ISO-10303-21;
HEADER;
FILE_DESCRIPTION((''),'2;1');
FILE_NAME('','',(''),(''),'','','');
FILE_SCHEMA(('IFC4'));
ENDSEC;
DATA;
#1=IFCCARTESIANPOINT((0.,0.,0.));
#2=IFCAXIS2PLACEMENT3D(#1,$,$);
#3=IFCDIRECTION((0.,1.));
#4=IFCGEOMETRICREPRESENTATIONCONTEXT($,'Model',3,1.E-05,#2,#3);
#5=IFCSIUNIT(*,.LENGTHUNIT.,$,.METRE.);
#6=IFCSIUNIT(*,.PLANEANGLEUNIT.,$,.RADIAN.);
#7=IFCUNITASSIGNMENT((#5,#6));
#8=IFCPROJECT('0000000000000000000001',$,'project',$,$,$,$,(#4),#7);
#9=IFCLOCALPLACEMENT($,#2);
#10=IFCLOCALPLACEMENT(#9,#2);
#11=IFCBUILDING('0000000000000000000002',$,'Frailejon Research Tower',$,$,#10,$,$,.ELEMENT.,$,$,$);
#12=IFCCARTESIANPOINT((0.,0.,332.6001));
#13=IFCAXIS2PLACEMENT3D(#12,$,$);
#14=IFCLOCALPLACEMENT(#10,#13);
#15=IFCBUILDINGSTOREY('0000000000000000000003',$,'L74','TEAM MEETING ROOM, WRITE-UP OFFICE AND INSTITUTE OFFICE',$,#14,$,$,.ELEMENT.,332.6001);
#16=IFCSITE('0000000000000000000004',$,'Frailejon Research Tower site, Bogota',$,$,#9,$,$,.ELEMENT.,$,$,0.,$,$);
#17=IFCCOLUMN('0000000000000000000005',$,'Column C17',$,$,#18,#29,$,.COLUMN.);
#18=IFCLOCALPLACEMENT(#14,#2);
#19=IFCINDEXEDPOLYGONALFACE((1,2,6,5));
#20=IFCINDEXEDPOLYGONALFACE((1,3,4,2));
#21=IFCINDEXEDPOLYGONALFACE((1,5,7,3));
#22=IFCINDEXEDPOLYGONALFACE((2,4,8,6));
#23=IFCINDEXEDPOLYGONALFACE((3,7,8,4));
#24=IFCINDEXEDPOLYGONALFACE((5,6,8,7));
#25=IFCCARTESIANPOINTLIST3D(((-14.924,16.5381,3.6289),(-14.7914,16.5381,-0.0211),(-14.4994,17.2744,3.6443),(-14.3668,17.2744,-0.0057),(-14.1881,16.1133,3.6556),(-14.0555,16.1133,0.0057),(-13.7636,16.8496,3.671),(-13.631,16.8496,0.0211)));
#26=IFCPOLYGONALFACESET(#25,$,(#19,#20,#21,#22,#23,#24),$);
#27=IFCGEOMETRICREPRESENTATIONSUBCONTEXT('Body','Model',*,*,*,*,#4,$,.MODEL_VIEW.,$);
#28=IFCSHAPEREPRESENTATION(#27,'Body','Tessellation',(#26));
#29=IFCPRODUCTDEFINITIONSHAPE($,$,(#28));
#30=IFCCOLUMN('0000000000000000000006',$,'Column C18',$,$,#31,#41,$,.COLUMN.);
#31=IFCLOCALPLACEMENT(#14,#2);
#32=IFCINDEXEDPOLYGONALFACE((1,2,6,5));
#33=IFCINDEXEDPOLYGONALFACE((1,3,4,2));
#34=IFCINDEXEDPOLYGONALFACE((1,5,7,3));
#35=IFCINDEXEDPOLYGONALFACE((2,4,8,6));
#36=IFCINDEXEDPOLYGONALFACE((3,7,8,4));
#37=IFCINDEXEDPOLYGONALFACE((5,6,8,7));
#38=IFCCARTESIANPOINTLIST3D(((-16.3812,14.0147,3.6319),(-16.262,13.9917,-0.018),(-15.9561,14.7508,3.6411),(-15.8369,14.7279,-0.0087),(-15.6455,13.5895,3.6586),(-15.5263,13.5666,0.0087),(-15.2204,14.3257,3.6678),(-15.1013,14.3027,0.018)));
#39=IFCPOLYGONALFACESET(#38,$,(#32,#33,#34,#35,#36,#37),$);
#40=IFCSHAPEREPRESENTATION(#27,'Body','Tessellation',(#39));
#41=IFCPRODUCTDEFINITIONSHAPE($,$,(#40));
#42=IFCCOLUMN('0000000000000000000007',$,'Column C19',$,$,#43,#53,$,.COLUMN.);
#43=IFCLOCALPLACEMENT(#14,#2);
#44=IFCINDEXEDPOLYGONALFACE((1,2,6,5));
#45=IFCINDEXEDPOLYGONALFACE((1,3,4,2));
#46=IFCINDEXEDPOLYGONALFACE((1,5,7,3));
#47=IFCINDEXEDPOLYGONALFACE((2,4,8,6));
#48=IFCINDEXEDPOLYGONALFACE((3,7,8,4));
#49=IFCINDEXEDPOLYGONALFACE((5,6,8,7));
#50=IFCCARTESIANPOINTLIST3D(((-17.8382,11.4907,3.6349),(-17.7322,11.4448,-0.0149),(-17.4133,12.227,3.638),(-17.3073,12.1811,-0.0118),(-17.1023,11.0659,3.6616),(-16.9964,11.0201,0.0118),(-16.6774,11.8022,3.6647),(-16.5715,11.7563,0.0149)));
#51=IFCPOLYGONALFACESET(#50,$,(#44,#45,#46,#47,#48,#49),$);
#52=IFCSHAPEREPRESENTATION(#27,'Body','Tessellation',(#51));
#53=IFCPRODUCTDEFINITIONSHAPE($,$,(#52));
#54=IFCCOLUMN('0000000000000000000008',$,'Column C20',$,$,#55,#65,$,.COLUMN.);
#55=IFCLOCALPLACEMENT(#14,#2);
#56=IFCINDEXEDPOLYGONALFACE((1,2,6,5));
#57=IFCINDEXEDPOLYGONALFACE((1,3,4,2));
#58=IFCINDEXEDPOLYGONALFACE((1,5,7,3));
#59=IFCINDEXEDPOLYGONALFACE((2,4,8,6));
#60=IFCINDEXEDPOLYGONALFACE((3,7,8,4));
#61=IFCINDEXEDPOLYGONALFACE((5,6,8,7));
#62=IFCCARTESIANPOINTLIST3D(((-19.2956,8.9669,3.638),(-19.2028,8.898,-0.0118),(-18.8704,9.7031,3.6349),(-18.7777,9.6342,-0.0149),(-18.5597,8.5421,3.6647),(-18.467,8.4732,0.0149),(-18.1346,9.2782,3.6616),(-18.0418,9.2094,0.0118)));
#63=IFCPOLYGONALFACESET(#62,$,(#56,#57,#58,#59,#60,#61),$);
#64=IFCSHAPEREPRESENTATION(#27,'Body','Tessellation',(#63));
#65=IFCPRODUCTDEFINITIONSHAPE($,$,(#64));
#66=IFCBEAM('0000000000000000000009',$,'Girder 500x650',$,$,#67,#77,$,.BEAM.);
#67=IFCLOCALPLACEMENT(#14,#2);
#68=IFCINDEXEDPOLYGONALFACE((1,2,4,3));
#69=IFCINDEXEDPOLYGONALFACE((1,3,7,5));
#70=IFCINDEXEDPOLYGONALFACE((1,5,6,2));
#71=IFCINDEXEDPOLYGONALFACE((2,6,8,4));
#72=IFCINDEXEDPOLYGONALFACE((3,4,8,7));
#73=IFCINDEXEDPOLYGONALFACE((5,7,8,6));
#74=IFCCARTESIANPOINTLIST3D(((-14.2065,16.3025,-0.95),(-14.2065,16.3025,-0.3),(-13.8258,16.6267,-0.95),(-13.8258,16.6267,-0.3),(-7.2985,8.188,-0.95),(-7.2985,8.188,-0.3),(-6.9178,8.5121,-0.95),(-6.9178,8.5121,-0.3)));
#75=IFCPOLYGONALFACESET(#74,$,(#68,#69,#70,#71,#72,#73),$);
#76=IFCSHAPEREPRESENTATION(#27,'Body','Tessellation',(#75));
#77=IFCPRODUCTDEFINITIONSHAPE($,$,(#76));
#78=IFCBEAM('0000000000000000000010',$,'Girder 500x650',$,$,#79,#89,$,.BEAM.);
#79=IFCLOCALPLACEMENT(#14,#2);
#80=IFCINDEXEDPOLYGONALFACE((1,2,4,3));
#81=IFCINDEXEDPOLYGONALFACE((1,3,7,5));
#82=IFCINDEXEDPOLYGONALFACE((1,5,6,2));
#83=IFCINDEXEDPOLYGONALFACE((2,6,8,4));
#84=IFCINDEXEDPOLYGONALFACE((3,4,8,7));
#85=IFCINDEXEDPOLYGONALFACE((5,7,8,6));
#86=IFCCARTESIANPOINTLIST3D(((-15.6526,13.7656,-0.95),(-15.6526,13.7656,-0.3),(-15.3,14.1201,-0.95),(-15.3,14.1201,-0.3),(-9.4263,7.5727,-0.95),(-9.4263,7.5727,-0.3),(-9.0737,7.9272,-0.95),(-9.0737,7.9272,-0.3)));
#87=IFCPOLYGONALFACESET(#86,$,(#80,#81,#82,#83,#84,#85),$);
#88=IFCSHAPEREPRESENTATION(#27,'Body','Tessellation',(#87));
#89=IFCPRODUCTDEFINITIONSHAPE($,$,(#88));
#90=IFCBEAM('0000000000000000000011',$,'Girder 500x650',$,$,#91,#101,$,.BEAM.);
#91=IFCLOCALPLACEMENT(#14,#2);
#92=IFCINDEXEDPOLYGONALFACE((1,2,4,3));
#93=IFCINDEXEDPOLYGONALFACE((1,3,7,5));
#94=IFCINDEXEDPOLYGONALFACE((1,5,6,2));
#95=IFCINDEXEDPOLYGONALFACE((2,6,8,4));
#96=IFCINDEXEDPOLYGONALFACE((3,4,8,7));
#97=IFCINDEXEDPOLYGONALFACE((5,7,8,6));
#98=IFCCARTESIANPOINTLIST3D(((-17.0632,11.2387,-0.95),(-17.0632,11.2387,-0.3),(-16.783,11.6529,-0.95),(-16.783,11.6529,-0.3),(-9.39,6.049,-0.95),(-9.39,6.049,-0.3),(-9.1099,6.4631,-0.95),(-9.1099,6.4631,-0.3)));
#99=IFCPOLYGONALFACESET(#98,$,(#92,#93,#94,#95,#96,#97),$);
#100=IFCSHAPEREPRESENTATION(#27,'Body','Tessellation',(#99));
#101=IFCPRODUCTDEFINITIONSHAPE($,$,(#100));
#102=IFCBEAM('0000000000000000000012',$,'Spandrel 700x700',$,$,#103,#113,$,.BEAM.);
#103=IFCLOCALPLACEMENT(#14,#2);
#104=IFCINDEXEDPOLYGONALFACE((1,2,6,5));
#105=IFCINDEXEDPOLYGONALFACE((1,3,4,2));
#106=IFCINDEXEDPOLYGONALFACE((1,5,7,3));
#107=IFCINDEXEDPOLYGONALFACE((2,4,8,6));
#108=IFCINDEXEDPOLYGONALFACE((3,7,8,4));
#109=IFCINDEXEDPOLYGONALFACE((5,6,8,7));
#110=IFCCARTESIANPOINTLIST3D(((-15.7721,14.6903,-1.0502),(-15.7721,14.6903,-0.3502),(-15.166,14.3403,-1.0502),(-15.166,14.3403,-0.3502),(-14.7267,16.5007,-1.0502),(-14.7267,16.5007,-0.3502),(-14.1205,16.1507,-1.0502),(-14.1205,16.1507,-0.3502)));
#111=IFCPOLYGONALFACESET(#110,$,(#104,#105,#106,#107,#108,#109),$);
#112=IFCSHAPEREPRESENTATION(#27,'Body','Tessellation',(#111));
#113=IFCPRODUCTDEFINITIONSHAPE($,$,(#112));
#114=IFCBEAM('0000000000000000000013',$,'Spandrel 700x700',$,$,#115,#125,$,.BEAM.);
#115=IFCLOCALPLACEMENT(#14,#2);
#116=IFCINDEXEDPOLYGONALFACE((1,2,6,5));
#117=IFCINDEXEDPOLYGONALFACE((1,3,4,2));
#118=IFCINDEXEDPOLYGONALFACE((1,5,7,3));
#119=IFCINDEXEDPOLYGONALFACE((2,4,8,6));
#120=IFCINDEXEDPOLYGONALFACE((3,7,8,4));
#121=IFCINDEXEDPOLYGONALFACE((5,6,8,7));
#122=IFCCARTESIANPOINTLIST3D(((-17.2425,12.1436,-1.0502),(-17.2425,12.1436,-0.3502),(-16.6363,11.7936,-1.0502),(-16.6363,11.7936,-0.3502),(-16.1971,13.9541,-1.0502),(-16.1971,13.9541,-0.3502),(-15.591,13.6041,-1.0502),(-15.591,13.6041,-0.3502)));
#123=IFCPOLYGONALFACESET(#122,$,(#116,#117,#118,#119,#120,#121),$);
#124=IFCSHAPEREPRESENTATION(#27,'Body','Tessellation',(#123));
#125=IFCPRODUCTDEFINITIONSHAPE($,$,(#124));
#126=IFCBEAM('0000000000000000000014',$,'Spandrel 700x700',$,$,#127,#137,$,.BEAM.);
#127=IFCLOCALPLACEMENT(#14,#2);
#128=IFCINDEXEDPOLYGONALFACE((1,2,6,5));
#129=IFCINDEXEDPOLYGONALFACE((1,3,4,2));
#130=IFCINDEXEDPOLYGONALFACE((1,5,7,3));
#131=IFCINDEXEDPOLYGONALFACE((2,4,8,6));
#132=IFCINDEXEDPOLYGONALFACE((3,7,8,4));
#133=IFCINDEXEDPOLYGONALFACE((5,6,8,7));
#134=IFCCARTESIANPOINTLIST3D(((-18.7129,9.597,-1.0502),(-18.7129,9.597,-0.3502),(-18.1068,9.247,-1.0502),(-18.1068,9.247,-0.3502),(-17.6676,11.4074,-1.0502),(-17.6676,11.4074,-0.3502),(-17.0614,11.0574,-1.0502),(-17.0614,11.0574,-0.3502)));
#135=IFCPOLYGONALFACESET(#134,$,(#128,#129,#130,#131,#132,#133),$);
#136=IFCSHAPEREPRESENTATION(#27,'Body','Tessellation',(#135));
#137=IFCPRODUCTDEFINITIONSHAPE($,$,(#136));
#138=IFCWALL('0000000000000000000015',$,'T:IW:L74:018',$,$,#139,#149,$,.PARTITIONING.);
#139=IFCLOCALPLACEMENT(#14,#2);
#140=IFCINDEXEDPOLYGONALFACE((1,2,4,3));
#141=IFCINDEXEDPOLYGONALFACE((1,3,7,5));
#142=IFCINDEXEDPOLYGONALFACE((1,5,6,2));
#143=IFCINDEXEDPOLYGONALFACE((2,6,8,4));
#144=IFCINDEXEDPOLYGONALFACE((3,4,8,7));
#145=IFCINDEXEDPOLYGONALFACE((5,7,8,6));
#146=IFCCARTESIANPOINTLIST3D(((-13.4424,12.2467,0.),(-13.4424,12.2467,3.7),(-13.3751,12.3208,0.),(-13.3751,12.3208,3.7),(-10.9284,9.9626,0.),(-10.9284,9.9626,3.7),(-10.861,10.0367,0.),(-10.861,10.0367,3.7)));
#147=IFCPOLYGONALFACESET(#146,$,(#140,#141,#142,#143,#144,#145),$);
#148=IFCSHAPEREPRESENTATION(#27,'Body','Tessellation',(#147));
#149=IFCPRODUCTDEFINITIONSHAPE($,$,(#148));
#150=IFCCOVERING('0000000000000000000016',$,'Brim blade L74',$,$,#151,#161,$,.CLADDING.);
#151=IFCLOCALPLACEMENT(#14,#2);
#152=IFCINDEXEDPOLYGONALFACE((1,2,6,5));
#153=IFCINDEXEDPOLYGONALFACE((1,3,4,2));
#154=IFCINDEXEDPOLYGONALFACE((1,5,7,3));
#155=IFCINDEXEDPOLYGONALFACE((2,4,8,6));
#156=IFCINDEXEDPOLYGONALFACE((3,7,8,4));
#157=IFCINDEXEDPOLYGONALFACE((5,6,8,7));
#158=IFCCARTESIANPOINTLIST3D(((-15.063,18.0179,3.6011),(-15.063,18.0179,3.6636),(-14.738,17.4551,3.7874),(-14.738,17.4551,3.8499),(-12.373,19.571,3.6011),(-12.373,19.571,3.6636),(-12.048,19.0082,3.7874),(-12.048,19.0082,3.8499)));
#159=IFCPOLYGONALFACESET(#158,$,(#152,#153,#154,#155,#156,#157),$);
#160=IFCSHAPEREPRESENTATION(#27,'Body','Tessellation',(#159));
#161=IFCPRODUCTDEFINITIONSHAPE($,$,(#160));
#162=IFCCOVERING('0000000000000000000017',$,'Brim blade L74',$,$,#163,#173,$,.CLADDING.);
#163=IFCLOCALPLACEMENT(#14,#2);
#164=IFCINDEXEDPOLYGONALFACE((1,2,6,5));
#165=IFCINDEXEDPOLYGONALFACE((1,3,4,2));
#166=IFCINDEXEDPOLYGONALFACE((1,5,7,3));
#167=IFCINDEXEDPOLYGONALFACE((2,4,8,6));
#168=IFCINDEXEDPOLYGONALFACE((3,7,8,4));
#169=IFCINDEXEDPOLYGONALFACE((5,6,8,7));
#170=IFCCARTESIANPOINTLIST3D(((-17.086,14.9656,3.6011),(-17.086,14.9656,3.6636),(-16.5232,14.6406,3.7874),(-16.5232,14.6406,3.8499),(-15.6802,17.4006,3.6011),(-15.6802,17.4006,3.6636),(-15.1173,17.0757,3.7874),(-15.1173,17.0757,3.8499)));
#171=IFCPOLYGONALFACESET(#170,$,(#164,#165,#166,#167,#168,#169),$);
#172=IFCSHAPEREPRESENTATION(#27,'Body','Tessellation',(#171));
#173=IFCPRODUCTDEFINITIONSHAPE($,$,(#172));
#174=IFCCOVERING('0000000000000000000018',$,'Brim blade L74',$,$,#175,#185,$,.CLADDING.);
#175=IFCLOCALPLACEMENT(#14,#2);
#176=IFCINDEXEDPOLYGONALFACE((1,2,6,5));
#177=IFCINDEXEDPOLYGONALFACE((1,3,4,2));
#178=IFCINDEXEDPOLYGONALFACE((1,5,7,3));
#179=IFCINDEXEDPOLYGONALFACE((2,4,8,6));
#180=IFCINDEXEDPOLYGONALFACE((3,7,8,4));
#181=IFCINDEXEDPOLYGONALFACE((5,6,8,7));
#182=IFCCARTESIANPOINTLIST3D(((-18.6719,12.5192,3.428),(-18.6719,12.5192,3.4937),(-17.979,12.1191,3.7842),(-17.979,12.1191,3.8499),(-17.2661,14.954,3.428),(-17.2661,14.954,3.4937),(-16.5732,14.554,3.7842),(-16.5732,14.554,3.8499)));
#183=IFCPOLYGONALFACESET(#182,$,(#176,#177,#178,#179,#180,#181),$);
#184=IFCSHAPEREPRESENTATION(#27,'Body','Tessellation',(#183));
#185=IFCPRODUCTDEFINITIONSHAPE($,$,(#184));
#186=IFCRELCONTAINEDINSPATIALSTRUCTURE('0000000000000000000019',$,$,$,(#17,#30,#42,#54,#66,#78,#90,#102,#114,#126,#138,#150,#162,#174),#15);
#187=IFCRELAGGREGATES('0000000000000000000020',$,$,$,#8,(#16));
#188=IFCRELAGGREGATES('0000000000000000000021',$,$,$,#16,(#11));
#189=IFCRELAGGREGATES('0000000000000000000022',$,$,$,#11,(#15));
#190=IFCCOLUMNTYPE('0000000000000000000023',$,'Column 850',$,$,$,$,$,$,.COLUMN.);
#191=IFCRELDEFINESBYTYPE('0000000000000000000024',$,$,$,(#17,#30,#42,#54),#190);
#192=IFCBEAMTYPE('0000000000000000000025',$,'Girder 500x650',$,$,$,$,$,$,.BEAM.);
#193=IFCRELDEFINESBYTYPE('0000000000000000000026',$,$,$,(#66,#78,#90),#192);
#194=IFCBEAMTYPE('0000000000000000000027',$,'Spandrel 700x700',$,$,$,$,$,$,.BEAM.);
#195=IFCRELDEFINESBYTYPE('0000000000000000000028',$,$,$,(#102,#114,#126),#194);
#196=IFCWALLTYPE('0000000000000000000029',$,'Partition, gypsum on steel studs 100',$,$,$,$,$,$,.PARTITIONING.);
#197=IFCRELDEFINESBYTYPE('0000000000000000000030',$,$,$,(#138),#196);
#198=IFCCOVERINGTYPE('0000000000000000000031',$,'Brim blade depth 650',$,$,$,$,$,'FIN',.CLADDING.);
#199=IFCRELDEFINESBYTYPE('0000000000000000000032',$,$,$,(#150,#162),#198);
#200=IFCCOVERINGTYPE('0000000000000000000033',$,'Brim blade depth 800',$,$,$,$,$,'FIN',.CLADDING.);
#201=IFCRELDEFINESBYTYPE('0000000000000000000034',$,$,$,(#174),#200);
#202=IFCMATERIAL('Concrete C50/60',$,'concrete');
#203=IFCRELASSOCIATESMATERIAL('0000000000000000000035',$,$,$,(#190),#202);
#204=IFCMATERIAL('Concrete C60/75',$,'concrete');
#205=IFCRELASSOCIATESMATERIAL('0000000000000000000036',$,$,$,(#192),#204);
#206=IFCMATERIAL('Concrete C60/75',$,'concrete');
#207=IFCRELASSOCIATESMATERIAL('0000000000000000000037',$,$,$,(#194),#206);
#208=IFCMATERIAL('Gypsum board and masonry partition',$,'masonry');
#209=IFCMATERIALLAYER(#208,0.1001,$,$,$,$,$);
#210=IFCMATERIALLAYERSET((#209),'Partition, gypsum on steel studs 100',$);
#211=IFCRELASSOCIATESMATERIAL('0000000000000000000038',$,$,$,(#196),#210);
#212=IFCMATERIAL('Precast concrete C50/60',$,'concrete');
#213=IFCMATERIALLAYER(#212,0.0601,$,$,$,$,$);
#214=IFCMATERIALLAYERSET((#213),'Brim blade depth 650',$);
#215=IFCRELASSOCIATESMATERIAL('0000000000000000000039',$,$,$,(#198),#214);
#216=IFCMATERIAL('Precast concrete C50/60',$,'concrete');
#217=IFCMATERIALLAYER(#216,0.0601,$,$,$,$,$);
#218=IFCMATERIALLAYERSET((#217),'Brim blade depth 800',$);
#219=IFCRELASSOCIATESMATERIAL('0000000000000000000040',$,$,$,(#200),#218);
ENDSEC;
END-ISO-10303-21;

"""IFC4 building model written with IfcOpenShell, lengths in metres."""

from ifc_helpers import new_model, si_unit, direction, frame, frame_2d, origin, origin_2d, place, context, subcontext, project, spatial, polyline, rectangle, outline, extrude, material, layer, layer_set, material_profile, profile_set, type_object, element, save


model = new_model("IFC4")

# Units and contexts
model_context = context("Model", 3, precision=1e-05, world=origin(), true_north=direction((0.0, 1.0)))
body_context = subcontext(model_context, "Body", "Model", "MODEL_VIEW")
ifc_project = project(units=[si_unit("LENGTHUNIT", "METRE"), si_unit("PLANEANGLEUNIT", "RADIAN")], contexts=[model_context])

# Site, building, storey
site_placement = place(None, origin())
site = spatial("IfcSite", under=ifc_project, at=site_placement, Name="Frailejon Research Tower site, Bogota", CompositionType="ELEMENT", RefElevation=0.0)
building_placement = place(site_placement, origin())
building = spatial("IfcBuilding", under=site, at=building_placement, Name="Frailejon Research Tower", CompositionType="ELEMENT")
storey_placement = place(building_placement, frame((0.0, 0.0, 332.6001)))
storey = spatial("IfcBuildingStorey", under=building, at=storey_placement, Name="L74", Description="TEAM MEETING ROOM, WRITE-UP OFFICE AND INSTITUTE OFFICE", CompositionType="ELEMENT", Elevation=332.6001)

# Columns
ifc_material_1 = material(Name="Concrete C50/60", Category="concrete")
ifc_material_profile_1 = material_profile(ifc_material_1, rectangle(XDim=0.8501, YDim=0.8501, at=origin_2d()), Name="Column 850")
ifc_profile_set_1 = profile_set([ifc_material_profile_1], Name="Concrete C50/60")
column_type = type_object("IfcColumnType", Name="Column 850", PredefinedType="COLUMN", material=ifc_profile_set_1)
column_1_placement = place(storey_placement, frame((-14.2112, 16.6938, 0.0), z_axis=(-0.036297, 0.0, 0.999341), x_axis=(-0.499424, -0.866168, -0.01814)))
element("IfcColumn", 1, at=column_1_placement, inside=storey, type_object=column_type, Name="Column C17", PredefinedType="COLUMN", context=body_context, shape_type="SweptSolid", body=[
    extrude(rectangle(XDim=0.8501, YDim=0.8501, at=origin_2d()), origin(), (0.0, 0.0, 1.0), 3.6523),
])
column_2_placement = place(storey_placement, frame((-15.6816, 14.1472, 0.0), z_axis=(-0.032624, 0.006284, 0.999448), x_axis=(-0.500036, -0.865936, -0.010878)))
element("IfcColumn", 2, at=column_2_placement, inside=storey, type_object=column_type, Name="Column C18", PredefinedType="COLUMN", context=body_context, shape_type="SweptSolid", body=[
    extrude(rectangle(XDim=0.8501, YDim=0.8501, at=origin_2d()), origin(), (0.0, 0.0, 1.0), 3.6519),
])
for number, where, z_axis, x_axis, name in (
    (3, (-17.1519, 11.6006, 0.0), (-0.029016, 0.012569, 0.9995), (-0.499849, -0.866105, -0.003619), "Column C19"),
    (4, (-18.6223, 9.0537, 0.0), (-0.025405, 0.018853, 0.999499), (-0.500084, -0.865969, 0.003624), "Column C20"),
):
    element("IfcColumn", number, at=place(storey_placement, frame(where, z_axis=z_axis, x_axis=x_axis)), inside=storey, type_object=column_type, Name=name, PredefinedType="COLUMN", context=body_context, shape_type="SweptSolid", body=[
        extrude(rectangle(XDim=0.8501, YDim=0.8501, at=origin_2d()), origin(), (0.0, 0.0, 1.0), 3.6516),
    ])

# Beams
ifc_material_2 = material(Name="Concrete C60/75", Category="concrete")
ifc_material_profile_2 = material_profile(ifc_material_2, rectangle(XDim=0.5, YDim=0.6499, at=origin_2d()), Name="Girder 500x650")
ifc_profile_set_2 = profile_set([ifc_material_profile_2], Name="Concrete C60/75")
beam_type_1 = type_object("IfcBeamType", Name="Girder 500x650", PredefinedType="BEAM", material=ifc_profile_set_2)
beam_1_placement = place(storey_placement, frame((-14.0161, 16.4646, -0.625), z_axis=(0.648227, -0.761447, 0.0), x_axis=(0.761447, 0.648227, 0.0)))
element("IfcBeam", 5, at=beam_1_placement, inside=storey, type_object=beam_type_1, Name="Girder 500x650", PredefinedType="BEAM", context=body_context, shape_type="SweptSolid", body=[
    extrude(rectangle(XDim=0.5, YDim=0.6499, at=origin_2d()), origin(), (0.0, 0.0, 1.0), 10.6567),
])
beam_2_placement = place(storey_placement, frame((-15.4763, 13.9429, -0.625), z_axis=(0.709009, -0.7052, 0.0), x_axis=(0.7052, 0.709009, 0.0)))
element("IfcBeam", 6, at=beam_2_placement, inside=storey, type_object=beam_type_1, Name="Girder 500x650", PredefinedType="BEAM", context=body_context, shape_type="SweptSolid", body=[
    extrude(rectangle(XDim=0.5, YDim=0.6499, at=origin_2d()), origin(), (0.0, 0.0, 1.0), 8.7817),
])
beam_3_placement = place(storey_placement, frame((-16.9231, 11.4458, -0.625), z_axis=(0.82833, -0.560241, 0.0), x_axis=(0.560241, 0.82833, 0.0)))
element("IfcBeam", 7, at=beam_3_placement, inside=storey, type_object=beam_type_1, Name="Girder 500x650", PredefinedType="BEAM", context=body_context, shape_type="SweptSolid", body=[
    extrude(rectangle(XDim=0.5, YDim=0.6499, at=origin_2d()), origin(), (0.0, 0.0, 1.0), 9.2634),
])
ifc_material_3 = material(Name="Concrete C60/75", Category="concrete")
ifc_material_profile_3 = material_profile(ifc_material_3, rectangle(XDim=0.7, YDim=0.7, at=origin_2d()), Name="Spandrel 700x700")
ifc_profile_set_3 = profile_set([ifc_material_profile_3], Name="Concrete C60/75")
beam_type_2 = type_object("IfcBeamType", Name="Spandrel 700x700", PredefinedType="BEAM", material=ifc_profile_set_3)
for number, where, z_axis, x_axis, name in (
    (8, (-14.4236, 16.3257, -0.7002), (-0.500083, -0.865977, 0.0), (0.865977, -0.500083, 0.0), "Spandrel 700x700"),
    (9, (-15.894, 13.7791, -0.7002), (-0.500032, -0.866007, 0.0), (0.866007, -0.500032, 0.0), "Spandrel 700x700"),
    (10, (-17.3645, 11.2324, -0.7002), (-0.500032, -0.866007, 0.0), (0.866007, -0.500032, 0.0), "Spandrel 700x700"),
):
    element("IfcBeam", number, at=place(storey_placement, frame(where, z_axis=z_axis, x_axis=x_axis)), inside=storey, type_object=beam_type_2, Name=name, PredefinedType="BEAM", context=body_context, shape_type="SweptSolid", body=[
        extrude(rectangle(XDim=0.7, YDim=0.7, at=origin_2d()), origin(), (0.0, 0.0, 1.0), 2.0906),
    ])

# Wall
ifc_material_4 = material(Name="Gypsum board and masonry partition", Category="masonry")
ifc_layer_1 = layer(ifc_material_4, 0.1001)
ifc_layer_set_1 = layer_set([ifc_layer_1], Name="Partition, gypsum on steel studs 100")
wall_type_1 = type_object("IfcWallType", Name="Partition, gypsum on steel studs 100", PredefinedType="PARTITIONING", material=ifc_layer_set_1)
wall_1_placement = place(storey_placement, frame((-13.4087, 12.2837, 0.0), z_axis=(0.0, 0.0, 1.0), x_axis=(0.740148, -0.672444, 0.0)))
element("IfcWall", 11, at=wall_1_placement, inside=storey, type_object=wall_type_1, Name="T:IW:L74:018", PredefinedType="PARTITIONING", context=body_context, shape_type="SweptSolid", body=[
    extrude(rectangle(XDim=3.3967, YDim=0.1001, at=frame_2d((1.6982, 0.0))), origin(), (0.0, 0.0, 1.0), 3.7),
])

# Coverings
ifc_material_5 = material(Name="Precast concrete C50/60", Category="concrete")
ifc_layer_2 = layer(ifc_material_5, 0.0601)
ifc_layer_set_2 = layer_set([ifc_layer_2], Name="Brim blade depth 650")
covering_type_1 = type_object("IfcCoveringType", Name="Brim blade depth 650", ElementType="FIN", PredefinedType="CLADDING", material=ifc_layer_set_2)
covering_1_placement = place(storey_placement, frame((-14.738, 17.4551, 3.8499), z_axis=(0.866021, 0.500007, 0.0), x_axis=(-0.500007, 0.866021, 0.0)))
element("IfcCovering", 12, at=covering_1_placement, inside=storey, type_object=covering_type_1, Name="Brim blade L74", PredefinedType="CLADDING", context=body_context, shape_type="SweptSolid", body=[
    extrude(outline(polyline([(0.0, -0.0625), (0.6499, -0.2488), (0.6499, -0.1863), (0.0, 0.0), (0.0, -0.0625)])), origin(), (0.0, 0.0, 1.0), 3.1062),
])
covering_2_placement = place(storey_placement, frame((-16.5232, 14.6406, 3.8499), z_axis=(0.499988, 0.866032, 0.0), x_axis=(-0.866032, 0.499988, 0.0)))
element("IfcCovering", 13, at=covering_2_placement, inside=storey, type_object=covering_type_1, Name="Brim blade L74", PredefinedType="CLADDING", context=body_context, shape_type="SweptSolid", body=[
    extrude(outline(polyline([(0.0, -0.0625), (0.6499, -0.2488), (0.6499, -0.1863), (0.0, 0.0), (0.0, -0.0625)])), origin(), (0.0, 0.0, 1.0), 2.8118),
])
ifc_material_6 = material(Name="Precast concrete C50/60", Category="concrete")
ifc_layer_3 = layer(ifc_material_6, 0.0601)
ifc_layer_set_3 = layer_set([ifc_layer_3], Name="Brim blade depth 800")
covering_type_2 = type_object("IfcCoveringType", Name="Brim blade depth 800", ElementType="FIN", PredefinedType="CLADDING", material=ifc_layer_set_3)
covering_3_placement = place(storey_placement, frame((-17.979, 12.1191, 3.8499), z_axis=(0.500003, 0.866024, 0.0), x_axis=(-0.866024, 0.500003, 0.0)))
element("IfcCovering", 14, at=covering_3_placement, inside=storey, type_object=covering_type_2, Name="Brim blade L74", PredefinedType="CLADDING", context=body_context, shape_type="SweptSolid", body=[
    extrude(outline(polyline([(0.0, -0.0657), (0.8, -0.4219), (0.8, -0.3562), (0.0, 0.0), (0.0, -0.0657)])), origin(), (0.0, 0.0, 1.0), 2.8115),
])

save(model, "model.ifc")
